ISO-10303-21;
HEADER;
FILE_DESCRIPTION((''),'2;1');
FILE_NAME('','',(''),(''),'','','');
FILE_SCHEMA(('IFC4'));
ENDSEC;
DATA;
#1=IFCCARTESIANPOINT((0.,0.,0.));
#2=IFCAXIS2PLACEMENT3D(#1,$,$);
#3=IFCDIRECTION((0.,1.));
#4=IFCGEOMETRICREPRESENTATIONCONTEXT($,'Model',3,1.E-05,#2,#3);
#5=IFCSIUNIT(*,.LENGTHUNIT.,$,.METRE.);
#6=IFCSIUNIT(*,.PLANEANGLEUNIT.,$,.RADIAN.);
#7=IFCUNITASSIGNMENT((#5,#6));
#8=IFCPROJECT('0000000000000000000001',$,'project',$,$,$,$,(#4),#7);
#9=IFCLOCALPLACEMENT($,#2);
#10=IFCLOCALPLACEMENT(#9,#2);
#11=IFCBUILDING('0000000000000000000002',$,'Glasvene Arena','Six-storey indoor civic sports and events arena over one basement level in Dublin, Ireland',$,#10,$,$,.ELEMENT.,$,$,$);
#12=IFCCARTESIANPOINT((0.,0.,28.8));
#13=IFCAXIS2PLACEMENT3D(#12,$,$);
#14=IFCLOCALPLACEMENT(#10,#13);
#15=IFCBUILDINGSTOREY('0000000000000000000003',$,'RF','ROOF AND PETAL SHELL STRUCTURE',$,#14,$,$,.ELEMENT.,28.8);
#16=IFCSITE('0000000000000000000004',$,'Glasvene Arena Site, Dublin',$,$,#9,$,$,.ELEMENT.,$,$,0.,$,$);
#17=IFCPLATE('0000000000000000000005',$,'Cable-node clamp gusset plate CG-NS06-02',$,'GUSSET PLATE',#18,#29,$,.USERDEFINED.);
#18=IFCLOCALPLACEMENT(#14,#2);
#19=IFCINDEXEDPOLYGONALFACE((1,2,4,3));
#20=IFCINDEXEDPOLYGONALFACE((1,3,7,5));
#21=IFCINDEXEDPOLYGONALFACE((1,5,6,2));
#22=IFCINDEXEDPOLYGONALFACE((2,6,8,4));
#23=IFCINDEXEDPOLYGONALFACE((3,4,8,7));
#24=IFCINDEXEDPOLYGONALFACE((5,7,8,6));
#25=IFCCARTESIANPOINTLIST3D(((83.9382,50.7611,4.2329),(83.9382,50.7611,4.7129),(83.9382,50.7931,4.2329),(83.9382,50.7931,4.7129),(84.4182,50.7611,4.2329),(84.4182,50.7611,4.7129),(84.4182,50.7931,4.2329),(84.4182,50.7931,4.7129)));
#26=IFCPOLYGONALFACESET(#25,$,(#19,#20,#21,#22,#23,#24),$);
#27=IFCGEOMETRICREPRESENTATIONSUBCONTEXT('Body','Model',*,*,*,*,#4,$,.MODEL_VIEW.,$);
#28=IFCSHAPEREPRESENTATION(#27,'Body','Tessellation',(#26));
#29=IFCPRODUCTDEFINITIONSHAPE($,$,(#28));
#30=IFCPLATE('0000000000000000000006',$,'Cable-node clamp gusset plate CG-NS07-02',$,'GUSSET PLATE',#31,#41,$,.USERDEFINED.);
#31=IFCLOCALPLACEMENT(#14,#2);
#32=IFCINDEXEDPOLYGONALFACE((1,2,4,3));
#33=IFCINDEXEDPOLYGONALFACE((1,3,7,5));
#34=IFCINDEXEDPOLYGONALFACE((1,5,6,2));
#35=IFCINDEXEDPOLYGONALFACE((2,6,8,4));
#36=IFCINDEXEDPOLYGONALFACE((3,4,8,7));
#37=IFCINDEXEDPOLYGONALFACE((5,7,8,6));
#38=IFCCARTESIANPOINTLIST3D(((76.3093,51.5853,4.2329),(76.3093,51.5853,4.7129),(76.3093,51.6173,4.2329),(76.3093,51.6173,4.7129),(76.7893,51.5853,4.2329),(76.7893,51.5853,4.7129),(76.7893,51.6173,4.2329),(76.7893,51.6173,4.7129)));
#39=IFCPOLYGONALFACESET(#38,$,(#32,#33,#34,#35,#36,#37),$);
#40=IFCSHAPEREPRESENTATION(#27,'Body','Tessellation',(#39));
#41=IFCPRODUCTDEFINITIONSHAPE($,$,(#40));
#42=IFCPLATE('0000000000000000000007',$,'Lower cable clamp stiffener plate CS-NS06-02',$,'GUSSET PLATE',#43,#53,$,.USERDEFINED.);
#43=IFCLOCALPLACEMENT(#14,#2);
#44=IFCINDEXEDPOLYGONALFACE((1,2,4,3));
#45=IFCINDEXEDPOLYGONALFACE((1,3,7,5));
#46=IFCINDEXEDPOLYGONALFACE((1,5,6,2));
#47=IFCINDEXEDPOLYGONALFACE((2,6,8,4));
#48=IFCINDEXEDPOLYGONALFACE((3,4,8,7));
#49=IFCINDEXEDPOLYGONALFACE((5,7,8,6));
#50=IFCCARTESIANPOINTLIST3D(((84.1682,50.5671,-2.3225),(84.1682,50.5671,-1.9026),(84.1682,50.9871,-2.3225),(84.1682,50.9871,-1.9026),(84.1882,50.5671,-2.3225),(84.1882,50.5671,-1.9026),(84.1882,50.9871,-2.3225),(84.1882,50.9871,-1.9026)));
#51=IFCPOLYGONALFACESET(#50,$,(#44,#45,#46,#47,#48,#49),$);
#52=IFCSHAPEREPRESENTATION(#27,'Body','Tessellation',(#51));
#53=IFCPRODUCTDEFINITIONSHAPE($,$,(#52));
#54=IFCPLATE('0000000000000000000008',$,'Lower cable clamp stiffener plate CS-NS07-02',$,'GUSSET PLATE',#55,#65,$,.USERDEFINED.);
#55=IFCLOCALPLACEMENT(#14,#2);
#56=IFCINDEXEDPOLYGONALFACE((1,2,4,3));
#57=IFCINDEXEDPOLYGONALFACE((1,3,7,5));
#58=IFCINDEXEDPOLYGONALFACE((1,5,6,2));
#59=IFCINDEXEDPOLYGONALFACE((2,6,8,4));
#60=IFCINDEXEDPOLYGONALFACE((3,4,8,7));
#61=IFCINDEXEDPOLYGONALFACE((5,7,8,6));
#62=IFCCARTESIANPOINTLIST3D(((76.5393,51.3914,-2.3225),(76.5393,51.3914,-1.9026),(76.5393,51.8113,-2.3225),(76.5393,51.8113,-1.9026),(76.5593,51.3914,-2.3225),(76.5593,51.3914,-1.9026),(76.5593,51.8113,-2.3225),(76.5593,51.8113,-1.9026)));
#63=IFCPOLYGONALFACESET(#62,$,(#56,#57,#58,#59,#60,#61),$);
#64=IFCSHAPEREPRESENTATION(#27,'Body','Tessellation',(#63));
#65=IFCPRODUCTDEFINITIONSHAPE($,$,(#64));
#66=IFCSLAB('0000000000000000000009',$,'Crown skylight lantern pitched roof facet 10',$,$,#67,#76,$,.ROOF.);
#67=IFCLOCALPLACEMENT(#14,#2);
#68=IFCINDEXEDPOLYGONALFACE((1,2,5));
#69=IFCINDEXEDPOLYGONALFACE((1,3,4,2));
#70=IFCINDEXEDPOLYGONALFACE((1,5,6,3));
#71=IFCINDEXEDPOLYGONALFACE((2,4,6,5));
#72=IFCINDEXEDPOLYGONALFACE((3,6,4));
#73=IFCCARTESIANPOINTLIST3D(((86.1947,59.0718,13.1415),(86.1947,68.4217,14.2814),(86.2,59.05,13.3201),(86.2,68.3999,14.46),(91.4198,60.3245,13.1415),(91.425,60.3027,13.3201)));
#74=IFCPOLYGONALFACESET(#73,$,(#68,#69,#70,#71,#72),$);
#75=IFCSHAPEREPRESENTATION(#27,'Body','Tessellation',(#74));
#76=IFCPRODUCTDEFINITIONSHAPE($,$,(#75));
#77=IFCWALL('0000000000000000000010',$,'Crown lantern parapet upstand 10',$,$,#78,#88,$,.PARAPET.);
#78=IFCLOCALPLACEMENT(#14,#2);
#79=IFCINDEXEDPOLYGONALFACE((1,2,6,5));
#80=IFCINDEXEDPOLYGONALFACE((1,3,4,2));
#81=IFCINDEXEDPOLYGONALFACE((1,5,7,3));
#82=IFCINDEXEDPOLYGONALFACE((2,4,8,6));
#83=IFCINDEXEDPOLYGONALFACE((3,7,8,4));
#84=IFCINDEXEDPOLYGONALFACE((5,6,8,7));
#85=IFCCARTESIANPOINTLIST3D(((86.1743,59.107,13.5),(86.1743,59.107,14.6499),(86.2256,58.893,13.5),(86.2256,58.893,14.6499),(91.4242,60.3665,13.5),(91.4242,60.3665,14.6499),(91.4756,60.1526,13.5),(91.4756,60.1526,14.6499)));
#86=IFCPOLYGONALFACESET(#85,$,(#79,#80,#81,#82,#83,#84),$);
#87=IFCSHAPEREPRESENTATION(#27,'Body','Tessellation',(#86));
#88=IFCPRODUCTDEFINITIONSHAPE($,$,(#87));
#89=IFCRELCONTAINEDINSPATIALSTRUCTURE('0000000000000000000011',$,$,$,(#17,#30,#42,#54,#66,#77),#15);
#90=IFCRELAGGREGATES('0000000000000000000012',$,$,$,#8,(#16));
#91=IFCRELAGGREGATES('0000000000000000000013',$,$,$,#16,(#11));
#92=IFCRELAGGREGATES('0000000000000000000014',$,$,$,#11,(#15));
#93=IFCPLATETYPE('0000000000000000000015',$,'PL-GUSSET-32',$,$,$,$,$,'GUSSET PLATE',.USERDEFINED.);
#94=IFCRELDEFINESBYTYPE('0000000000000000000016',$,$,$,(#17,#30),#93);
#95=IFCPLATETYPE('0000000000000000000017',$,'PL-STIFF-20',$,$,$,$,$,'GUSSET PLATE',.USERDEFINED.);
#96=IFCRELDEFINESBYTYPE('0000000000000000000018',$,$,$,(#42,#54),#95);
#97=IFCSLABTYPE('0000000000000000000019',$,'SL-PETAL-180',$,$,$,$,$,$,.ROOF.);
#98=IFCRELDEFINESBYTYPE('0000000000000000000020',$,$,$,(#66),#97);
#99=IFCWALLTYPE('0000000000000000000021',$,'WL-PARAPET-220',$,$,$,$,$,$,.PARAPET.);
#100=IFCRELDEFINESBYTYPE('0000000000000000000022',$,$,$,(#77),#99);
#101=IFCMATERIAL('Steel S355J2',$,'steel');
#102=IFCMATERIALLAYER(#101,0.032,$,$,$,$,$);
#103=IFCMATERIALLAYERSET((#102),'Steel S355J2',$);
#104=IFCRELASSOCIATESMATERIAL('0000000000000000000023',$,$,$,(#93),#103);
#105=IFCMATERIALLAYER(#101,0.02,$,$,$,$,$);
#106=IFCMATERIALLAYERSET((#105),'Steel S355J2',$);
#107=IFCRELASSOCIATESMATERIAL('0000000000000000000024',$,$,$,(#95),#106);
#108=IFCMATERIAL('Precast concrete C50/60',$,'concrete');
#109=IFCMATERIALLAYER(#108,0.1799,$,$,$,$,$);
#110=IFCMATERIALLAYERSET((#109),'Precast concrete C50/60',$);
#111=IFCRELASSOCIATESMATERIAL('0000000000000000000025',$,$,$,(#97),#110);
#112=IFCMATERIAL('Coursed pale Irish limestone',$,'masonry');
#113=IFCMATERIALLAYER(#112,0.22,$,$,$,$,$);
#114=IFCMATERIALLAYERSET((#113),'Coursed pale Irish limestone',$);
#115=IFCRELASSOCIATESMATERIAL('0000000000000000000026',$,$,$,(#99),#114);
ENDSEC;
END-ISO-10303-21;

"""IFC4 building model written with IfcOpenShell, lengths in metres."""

from ifc_helpers import new_model, si_unit, direction, frame, frame_2d, origin, origin_2d, place, context, subcontext, project, spatial, polyline, rectangle, outline, extrude, material, layer, layer_set, type_object, element, save


model = new_model("IFC4")

# Units and contexts
model_context = context("Model", 3, precision=1e-05, world=origin(), true_north=direction((0.0, 1.0)))
body_context = subcontext(model_context, "Body", "Model", "MODEL_VIEW")
ifc_project = project(units=[si_unit("LENGTHUNIT", "METRE"), si_unit("PLANEANGLEUNIT", "RADIAN")], contexts=[model_context])

# Site, building, storey
site_placement = place(None, origin())
site = spatial("IfcSite", under=ifc_project, at=site_placement, Name="Glasvene Arena Site, Dublin", CompositionType="ELEMENT", RefElevation=0.0)
building_placement = place(site_placement, origin())
building = spatial("IfcBuilding", under=site, at=building_placement, Name="Glasvene Arena", Description="Six-storey indoor civic sports and events arena over one basement level in Dublin, Ireland", CompositionType="ELEMENT")
storey_placement = place(building_placement, frame((0.0, 0.0, 28.8)))
storey = spatial("IfcBuildingStorey", under=building, at=storey_placement, Name="RF", Description="ROOF AND PETAL SHELL STRUCTURE", CompositionType="ELEMENT", Elevation=28.8)

# Shared definitions
ifc_material_1 = material(Name="Steel S355J2", Category="steel")

# Plates
ifc_layer_1 = layer(ifc_material_1, 0.032)
ifc_layer_set_1 = layer_set([ifc_layer_1], Name="Steel S355J2")
plate_type_1 = type_object("IfcPlateType", Name="PL-GUSSET-32", ElementType="GUSSET PLATE", PredefinedType="USERDEFINED", material=ifc_layer_set_1)
for number, where, z_axis, x_axis, name in (
    (1, (84.1782, 50.7771, 4.2329), (0.0, 0.0, 1.0), (1.0, 0.0, 0.0), "Cable-node clamp gusset plate CG-NS06-02"),
    (2, (76.5493, 51.6013, 4.2329), (0.0, 0.0, 1.0), (1.0, 0.0, 0.0), "Cable-node clamp gusset plate CG-NS07-02"),
):
    element("IfcPlate", number, at=place(storey_placement, frame(where, z_axis=z_axis, x_axis=x_axis)), inside=storey, type_object=plate_type_1, Name=name, ObjectType="GUSSET PLATE", PredefinedType="USERDEFINED", context=body_context, shape_type="SweptSolid", body=[
        extrude(rectangle(XDim=0.48, YDim=0.032, at=origin_2d()), origin(), (0.0, 0.0, 1.0), 0.48),
    ])
ifc_layer_2 = layer(ifc_material_1, 0.02)
ifc_layer_set_2 = layer_set([ifc_layer_2], Name="Steel S355J2")
plate_type_2 = type_object("IfcPlateType", Name="PL-STIFF-20", ElementType="GUSSET PLATE", PredefinedType="USERDEFINED", material=ifc_layer_set_2)
for number, where, z_axis, x_axis, name in (
    (3, (84.1782, 50.7771, -2.3225), (0.0, 0.0, 1.0), (1.0, 0.0, 0.0), "Lower cable clamp stiffener plate CS-NS06-02"),
    (4, (76.5493, 51.6013, -2.3225), (0.0, 0.0, 1.0), (1.0, 0.0, 0.0), "Lower cable clamp stiffener plate CS-NS07-02"),
):
    element("IfcPlate", number, at=place(storey_placement, frame(where, z_axis=z_axis, x_axis=x_axis)), inside=storey, type_object=plate_type_2, Name=name, ObjectType="GUSSET PLATE", PredefinedType="USERDEFINED", context=body_context, shape_type="SweptSolid", body=[
        extrude(rectangle(XDim=0.02, YDim=0.4199, at=origin_2d()), origin(), (0.0, 0.0, 1.0), 0.4199),
    ])

# Slab
ifc_material_2 = material(Name="Precast concrete C50/60", Category="concrete")
ifc_layer_3 = layer(ifc_material_2, 0.1799)
ifc_layer_set_3 = layer_set([ifc_layer_3], Name="Precast concrete C50/60")
slab_type = type_object("IfcSlabType", Name="SL-PETAL-180", PredefinedType="ROOF", material=ifc_layer_set_3)
slab_placement = place(storey_placement, frame((86.2, 59.05, 13.3201), z_axis=(0.029001, -0.120969, 0.992233), x_axis=(0.972444, 0.233138, 0.0)))
element("IfcSlab", 5, at=slab_placement, inside=storey, type_object=slab_type, Name="Crown skylight lantern pitched roof facet 10", PredefinedType="ROOF", context=body_context, shape_type="SweptSolid", body=[
    extrude(outline(polyline([(0.0, 0.0), (5.3732, 0.0), (2.1798, 9.1634), (0.0, 0.0)])), origin(), (0.0, 0.0, -1.0), 0.1799),
])

# Wall
ifc_material_3 = material(Name="Coursed pale Irish limestone", Category="masonry")
ifc_layer_4 = layer(ifc_material_3, 0.22)
ifc_layer_set_4 = layer_set([ifc_layer_4], Name="Coursed pale Irish limestone")
wall_type = type_object("IfcWallType", Name="WL-PARAPET-220", PredefinedType="PARAPET", material=ifc_layer_set_4)
wall_placement = place(storey_placement, frame((86.2, 59.0, 13.5), z_axis=(0.0, 0.0, 1.0), x_axis=(0.972407, 0.233289, 0.0)))
element("IfcWall", 6, at=wall_placement, inside=storey, type_object=wall_type, Name="Crown lantern parapet upstand 10", PredefinedType="PARAPET", context=body_context, shape_type="SweptSolid", body=[
    extrude(rectangle(XDim=5.3989, YDim=0.22, at=frame_2d((2.6995, 0.0))), origin(), (0.0, 0.0, 1.0), 1.1499),
])

save(model, "model.ifc")
